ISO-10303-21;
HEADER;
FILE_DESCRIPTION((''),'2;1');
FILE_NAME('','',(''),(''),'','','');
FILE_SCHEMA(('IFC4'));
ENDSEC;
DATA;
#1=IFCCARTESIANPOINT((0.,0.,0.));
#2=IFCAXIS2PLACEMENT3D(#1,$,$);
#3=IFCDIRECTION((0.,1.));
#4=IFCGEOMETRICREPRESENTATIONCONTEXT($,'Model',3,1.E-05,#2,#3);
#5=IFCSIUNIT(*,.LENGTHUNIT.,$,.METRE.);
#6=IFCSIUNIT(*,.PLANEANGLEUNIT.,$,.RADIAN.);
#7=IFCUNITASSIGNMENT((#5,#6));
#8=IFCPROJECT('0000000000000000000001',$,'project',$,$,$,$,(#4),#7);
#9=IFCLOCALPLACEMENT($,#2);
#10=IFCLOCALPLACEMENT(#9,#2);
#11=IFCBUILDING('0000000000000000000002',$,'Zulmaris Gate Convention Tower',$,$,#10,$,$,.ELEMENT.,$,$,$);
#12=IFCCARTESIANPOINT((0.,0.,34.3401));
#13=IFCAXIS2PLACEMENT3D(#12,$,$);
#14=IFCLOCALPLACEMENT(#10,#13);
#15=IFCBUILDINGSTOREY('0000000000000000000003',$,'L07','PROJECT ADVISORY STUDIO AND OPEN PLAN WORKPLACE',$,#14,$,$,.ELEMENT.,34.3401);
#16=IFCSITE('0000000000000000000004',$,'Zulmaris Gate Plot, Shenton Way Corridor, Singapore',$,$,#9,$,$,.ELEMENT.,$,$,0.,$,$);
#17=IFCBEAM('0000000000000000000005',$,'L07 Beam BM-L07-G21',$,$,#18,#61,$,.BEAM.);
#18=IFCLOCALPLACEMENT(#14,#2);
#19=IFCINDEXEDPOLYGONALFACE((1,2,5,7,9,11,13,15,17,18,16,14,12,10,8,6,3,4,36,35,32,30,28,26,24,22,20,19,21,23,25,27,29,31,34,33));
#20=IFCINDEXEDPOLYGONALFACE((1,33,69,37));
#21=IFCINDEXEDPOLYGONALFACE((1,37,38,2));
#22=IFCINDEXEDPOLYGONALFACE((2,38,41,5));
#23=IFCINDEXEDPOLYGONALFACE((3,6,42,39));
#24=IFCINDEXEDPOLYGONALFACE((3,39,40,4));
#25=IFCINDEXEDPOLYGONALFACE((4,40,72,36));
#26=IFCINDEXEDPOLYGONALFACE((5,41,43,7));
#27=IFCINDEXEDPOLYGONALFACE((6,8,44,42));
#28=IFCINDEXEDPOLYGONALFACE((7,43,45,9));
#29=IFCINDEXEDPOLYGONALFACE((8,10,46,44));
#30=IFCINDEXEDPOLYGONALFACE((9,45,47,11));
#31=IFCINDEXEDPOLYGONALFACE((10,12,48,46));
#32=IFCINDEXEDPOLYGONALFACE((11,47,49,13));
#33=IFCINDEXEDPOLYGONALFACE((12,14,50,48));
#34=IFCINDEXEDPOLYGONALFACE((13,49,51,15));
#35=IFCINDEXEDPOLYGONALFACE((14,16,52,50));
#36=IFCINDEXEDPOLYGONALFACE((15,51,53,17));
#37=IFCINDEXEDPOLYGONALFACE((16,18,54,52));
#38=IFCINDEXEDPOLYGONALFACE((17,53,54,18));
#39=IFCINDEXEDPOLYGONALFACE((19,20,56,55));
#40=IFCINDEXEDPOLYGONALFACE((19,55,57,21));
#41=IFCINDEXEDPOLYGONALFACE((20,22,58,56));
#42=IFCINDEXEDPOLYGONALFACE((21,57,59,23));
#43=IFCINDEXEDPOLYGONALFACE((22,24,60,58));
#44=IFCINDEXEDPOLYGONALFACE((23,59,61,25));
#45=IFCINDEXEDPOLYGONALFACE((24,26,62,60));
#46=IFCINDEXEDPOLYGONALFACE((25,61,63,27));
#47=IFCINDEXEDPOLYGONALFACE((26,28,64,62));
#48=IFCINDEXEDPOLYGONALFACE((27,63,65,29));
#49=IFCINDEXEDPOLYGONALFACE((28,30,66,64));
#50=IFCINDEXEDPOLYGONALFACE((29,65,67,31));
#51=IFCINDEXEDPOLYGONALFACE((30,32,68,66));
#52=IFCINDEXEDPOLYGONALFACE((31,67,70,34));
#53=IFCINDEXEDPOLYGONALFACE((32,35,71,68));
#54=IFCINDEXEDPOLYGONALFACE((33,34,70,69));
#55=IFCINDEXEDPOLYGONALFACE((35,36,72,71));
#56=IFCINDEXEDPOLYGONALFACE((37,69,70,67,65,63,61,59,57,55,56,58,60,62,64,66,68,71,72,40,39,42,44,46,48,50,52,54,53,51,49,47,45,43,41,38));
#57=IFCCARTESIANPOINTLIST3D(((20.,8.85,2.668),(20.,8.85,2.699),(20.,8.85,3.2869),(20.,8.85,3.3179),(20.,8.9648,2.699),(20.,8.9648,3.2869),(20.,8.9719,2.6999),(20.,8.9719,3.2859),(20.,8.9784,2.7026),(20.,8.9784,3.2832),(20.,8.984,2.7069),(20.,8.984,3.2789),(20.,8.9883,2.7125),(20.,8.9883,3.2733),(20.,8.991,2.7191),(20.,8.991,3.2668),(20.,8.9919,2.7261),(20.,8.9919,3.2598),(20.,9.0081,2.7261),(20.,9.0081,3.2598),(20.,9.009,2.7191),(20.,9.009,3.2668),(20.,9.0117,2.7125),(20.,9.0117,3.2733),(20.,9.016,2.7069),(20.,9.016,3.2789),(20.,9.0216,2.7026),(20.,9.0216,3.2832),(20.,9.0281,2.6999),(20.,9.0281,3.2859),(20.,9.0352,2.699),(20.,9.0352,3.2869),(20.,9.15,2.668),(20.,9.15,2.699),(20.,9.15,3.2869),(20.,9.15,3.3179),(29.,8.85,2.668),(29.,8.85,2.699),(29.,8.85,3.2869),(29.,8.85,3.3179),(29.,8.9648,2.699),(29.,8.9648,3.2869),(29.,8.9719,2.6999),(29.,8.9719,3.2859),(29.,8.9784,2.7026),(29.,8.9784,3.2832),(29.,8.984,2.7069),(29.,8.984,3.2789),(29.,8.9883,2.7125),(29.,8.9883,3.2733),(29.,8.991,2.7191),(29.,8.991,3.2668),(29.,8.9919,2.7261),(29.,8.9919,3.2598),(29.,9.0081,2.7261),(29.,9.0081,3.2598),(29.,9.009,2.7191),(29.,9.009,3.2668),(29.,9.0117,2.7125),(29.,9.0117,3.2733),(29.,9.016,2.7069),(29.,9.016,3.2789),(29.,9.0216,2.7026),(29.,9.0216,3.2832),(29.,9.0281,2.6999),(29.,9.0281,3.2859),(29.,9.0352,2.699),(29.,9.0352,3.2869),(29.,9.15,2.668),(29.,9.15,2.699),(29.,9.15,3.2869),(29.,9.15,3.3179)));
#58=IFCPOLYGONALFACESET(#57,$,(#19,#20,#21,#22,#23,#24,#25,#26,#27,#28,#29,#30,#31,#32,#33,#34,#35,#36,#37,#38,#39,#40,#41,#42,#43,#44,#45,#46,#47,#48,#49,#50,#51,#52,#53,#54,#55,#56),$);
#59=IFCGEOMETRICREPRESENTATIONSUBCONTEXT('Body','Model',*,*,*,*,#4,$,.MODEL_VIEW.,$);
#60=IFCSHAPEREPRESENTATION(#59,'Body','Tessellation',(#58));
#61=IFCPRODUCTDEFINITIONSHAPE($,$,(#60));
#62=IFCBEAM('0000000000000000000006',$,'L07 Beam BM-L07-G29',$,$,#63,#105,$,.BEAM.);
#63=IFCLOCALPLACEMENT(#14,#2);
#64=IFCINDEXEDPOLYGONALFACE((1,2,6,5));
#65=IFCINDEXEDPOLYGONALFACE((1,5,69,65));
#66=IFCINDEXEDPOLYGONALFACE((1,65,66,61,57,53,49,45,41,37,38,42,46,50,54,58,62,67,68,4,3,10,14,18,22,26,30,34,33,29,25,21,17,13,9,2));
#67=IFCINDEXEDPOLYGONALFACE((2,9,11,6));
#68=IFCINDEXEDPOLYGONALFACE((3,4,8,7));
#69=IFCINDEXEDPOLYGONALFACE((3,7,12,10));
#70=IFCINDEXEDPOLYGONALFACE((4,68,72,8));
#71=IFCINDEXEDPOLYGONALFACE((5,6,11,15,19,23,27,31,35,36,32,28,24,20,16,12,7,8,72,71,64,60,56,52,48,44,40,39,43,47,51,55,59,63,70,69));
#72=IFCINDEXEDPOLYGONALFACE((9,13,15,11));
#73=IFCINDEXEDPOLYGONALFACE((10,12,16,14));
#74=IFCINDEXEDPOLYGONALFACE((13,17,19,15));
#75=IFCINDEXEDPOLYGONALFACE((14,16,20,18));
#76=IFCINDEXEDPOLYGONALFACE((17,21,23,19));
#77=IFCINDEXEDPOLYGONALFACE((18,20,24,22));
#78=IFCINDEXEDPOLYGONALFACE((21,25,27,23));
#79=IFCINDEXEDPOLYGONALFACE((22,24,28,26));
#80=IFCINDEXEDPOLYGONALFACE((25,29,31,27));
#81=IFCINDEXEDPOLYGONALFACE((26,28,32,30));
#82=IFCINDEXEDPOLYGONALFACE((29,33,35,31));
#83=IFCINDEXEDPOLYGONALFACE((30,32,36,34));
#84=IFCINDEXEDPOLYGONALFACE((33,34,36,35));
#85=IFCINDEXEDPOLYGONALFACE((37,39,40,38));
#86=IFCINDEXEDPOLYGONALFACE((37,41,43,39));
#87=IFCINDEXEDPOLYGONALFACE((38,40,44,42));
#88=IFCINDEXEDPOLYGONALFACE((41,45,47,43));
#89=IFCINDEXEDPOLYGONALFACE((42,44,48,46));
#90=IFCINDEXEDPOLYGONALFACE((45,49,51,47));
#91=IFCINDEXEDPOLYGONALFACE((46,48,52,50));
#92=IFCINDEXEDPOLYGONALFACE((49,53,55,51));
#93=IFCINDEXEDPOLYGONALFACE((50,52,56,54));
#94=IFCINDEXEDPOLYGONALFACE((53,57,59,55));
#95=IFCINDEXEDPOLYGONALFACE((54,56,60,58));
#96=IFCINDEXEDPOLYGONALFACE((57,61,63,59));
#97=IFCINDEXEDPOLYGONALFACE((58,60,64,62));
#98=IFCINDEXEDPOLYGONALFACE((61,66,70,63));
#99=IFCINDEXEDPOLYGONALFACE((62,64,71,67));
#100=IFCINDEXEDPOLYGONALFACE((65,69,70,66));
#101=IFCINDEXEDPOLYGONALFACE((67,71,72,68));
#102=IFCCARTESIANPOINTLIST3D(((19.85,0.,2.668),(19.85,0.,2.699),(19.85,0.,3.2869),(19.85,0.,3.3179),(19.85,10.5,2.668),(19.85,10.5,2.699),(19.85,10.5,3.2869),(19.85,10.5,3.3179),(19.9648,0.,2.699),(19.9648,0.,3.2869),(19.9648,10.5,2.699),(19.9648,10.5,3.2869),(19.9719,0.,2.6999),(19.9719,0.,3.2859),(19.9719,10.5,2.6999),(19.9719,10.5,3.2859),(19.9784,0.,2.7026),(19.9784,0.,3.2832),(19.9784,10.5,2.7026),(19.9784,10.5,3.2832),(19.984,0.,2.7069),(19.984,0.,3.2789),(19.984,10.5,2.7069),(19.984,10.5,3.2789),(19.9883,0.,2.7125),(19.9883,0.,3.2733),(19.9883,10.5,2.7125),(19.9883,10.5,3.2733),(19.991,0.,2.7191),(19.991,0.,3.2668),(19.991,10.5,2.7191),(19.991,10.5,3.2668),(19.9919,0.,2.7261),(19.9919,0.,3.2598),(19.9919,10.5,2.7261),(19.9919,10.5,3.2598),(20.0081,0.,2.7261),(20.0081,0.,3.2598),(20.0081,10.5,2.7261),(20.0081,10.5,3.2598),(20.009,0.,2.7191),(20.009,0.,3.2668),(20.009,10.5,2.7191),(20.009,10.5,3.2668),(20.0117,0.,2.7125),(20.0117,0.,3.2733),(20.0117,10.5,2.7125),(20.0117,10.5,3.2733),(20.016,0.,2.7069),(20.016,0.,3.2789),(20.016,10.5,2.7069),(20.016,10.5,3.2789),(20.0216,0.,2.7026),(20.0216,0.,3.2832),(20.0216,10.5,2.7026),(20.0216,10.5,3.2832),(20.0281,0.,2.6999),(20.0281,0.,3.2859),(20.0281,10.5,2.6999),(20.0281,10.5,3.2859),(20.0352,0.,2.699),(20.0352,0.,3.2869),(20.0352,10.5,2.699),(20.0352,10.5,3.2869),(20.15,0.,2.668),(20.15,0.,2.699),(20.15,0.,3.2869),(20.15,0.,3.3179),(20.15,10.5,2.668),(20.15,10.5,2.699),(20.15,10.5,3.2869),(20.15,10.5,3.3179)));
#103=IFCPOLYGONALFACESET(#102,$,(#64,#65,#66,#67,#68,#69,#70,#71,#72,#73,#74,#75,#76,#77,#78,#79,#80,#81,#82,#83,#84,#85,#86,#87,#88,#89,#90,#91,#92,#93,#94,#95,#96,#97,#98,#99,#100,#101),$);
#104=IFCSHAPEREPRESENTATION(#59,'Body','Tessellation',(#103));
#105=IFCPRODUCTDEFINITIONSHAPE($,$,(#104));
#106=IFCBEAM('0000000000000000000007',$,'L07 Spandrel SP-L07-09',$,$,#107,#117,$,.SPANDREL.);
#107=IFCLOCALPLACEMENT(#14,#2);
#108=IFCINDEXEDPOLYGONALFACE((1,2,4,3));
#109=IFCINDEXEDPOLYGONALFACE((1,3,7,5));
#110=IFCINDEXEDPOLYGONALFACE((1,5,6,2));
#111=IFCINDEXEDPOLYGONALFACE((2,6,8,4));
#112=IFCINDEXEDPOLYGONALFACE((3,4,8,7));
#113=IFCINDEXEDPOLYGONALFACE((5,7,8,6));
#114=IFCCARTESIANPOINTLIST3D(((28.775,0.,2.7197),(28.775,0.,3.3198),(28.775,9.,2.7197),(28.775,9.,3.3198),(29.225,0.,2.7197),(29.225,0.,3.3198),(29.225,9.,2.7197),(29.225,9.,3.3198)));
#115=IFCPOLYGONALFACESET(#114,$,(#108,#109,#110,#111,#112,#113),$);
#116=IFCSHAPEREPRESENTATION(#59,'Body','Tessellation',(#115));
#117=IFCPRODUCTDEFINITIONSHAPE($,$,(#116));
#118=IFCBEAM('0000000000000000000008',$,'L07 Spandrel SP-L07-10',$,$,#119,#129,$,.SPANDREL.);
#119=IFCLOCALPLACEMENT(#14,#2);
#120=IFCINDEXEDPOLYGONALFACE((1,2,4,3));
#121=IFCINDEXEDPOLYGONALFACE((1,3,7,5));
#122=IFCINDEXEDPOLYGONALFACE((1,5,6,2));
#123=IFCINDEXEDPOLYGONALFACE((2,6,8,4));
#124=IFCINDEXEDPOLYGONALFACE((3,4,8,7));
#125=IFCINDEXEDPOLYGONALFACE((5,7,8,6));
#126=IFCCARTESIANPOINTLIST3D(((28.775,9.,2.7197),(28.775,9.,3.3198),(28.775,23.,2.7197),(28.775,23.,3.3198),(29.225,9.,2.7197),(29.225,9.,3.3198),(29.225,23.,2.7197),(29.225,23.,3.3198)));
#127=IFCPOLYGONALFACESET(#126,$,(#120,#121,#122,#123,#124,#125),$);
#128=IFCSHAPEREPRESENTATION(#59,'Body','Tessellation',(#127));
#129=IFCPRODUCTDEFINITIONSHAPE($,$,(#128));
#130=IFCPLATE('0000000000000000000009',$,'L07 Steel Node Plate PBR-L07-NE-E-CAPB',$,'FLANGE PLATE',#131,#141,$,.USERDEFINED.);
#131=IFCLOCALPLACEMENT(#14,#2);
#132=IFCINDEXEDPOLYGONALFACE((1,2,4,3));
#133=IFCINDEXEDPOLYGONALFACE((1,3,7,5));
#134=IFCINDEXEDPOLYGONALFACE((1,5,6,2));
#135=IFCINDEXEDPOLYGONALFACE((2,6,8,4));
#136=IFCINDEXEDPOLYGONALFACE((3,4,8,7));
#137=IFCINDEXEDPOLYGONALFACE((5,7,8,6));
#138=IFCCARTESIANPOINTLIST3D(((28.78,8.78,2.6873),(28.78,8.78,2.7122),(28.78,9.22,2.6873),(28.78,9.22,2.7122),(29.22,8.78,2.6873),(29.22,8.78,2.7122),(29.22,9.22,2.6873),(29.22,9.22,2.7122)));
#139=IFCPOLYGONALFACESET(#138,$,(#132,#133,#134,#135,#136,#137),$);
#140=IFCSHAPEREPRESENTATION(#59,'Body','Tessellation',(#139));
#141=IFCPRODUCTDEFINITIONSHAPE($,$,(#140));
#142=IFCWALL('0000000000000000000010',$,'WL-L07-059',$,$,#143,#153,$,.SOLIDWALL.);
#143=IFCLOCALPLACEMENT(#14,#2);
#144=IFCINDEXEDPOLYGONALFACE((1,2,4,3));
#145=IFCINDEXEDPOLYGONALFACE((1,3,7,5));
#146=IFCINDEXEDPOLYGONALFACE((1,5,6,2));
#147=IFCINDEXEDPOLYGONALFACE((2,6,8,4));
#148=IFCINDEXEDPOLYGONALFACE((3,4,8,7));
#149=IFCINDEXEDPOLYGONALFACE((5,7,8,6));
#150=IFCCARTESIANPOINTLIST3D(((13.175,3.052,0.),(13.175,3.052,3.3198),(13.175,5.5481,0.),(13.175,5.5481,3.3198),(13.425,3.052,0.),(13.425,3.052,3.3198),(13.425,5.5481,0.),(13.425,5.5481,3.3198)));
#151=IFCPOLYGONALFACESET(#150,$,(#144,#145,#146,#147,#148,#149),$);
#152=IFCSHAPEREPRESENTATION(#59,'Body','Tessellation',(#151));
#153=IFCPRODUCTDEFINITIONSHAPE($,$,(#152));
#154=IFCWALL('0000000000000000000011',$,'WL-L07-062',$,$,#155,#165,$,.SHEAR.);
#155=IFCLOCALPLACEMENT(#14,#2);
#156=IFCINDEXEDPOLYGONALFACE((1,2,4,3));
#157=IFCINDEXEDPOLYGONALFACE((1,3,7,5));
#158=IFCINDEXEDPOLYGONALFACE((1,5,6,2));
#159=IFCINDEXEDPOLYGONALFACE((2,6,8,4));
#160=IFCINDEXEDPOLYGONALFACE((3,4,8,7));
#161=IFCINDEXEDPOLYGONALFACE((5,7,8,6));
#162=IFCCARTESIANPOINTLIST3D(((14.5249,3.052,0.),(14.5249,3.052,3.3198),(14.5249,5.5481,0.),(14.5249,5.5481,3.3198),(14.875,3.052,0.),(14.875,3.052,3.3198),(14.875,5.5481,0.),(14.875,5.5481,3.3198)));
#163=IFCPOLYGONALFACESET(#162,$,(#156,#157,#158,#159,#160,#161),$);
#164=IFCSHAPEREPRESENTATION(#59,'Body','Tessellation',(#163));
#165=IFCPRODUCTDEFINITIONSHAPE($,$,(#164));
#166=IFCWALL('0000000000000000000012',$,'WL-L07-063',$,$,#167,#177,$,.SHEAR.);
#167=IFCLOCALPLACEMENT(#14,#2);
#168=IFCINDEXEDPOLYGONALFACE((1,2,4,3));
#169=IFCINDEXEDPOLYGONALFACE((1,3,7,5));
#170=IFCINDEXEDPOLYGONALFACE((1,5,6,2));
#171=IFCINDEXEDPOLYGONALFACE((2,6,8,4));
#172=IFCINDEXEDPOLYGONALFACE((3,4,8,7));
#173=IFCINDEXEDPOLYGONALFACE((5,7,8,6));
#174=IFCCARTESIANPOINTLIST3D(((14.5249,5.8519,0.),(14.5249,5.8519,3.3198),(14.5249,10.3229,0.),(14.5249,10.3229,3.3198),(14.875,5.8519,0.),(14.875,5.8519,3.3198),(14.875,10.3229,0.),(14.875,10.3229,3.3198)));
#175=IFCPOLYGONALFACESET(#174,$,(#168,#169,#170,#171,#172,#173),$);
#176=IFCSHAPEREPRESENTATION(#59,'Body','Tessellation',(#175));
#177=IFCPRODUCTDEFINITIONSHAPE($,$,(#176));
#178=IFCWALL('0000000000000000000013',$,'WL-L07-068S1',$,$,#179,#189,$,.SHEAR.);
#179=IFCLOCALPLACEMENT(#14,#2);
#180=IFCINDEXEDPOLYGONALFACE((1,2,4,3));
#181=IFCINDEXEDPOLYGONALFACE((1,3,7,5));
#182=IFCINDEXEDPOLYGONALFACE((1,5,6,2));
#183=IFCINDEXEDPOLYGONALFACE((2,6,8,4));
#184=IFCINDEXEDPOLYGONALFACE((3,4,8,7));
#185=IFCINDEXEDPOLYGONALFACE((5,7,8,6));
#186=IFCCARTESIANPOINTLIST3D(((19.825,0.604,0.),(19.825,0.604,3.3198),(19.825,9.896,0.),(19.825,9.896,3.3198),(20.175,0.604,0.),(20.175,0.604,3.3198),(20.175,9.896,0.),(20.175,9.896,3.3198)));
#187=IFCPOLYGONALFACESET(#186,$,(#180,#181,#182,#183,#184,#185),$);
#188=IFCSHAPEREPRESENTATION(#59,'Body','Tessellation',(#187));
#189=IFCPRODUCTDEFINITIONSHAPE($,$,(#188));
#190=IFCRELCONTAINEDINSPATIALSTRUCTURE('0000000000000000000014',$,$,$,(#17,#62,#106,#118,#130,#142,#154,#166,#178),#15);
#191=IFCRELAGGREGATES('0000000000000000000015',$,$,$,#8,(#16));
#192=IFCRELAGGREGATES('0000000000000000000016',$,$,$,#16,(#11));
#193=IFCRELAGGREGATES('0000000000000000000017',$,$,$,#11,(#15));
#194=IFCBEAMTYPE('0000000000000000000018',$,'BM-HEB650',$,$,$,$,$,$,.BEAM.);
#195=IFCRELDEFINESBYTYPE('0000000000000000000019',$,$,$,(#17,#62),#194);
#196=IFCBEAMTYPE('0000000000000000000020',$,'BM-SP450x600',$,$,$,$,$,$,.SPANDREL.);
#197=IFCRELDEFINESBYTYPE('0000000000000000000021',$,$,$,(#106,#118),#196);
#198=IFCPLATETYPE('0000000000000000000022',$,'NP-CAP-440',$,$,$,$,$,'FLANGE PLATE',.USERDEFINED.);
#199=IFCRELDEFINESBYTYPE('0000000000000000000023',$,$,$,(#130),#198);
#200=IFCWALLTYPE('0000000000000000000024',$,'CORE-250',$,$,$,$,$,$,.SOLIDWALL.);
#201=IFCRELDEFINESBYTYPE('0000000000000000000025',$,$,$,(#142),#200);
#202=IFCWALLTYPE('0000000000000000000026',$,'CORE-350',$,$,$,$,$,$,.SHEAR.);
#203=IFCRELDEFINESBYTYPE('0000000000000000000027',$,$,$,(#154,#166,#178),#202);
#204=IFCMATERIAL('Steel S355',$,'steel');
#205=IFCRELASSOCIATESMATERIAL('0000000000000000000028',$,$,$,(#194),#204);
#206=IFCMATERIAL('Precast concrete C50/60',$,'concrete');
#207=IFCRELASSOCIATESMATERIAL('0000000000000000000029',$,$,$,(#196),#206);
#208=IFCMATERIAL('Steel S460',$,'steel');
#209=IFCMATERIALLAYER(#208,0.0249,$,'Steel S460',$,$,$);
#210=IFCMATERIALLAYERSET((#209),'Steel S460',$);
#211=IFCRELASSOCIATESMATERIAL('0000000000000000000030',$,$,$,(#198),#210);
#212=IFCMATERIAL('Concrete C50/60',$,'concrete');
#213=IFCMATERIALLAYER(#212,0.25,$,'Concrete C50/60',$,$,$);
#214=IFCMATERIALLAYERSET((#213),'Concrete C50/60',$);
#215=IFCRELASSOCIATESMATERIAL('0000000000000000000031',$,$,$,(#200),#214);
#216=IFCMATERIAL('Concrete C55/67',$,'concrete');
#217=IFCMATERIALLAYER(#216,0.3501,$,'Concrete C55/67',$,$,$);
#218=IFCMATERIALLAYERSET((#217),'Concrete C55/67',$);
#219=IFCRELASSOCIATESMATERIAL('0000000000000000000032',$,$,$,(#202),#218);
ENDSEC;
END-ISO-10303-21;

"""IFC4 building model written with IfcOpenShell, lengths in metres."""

from ifc_helpers import new_model, si_unit, direction, frame, frame_2d, origin, origin_2d, place, context, subcontext, project, spatial, rectangle, i_section, extrude, material, layer, layer_set, material_profile, profile_set, type_object, element, save


model = new_model("IFC4")

# Units and contexts
model_context = context("Model", 3, precision=1e-05, world=origin(), true_north=direction((0.0, 1.0)))
body_context = subcontext(model_context, "Body", "Model", "MODEL_VIEW")
ifc_project = project(units=[si_unit("LENGTHUNIT", "METRE"), si_unit("PLANEANGLEUNIT", "RADIAN")], contexts=[model_context])

# Site, building, storey
site_placement = place(None, origin())
site = spatial("IfcSite", under=ifc_project, at=site_placement, Name="Zulmaris Gate Plot, Shenton Way Corridor, Singapore", CompositionType="ELEMENT", RefElevation=0.0)
building_placement = place(site_placement, origin())
building = spatial("IfcBuilding", under=site, at=building_placement, Name="Zulmaris Gate Convention Tower", CompositionType="ELEMENT")
storey_placement = place(building_placement, frame((0.0, 0.0, 34.3401)))
storey = spatial("IfcBuildingStorey", under=building, at=storey_placement, Name="L07", Description="PROJECT ADVISORY STUDIO AND OPEN PLAN WORKPLACE", CompositionType="ELEMENT", Elevation=34.3401)

# Beams
ifc_material_1 = material(Name="Steel S355", Category="steel")
ifc_material_profile_1 = material_profile(ifc_material_1, i_section(OverallWidth=0.3, OverallDepth=0.6499, WebThickness=0.0161, FlangeThickness=0.031, FilletRadius=0.0271, at=origin_2d()), Name="HEB 650")
ifc_profile_set_1 = profile_set([ifc_material_profile_1], Name="Steel S355")
beam_type_1 = type_object("IfcBeamType", Name="BM-HEB650", PredefinedType="BEAM", material=ifc_profile_set_1)
for number, where, z_axis, x_axis, name in (
    (1, (20.0, 9.0, 2.9929), (1.0, 0.0, 0.0), (0.0, 1.0, 0.0), "L07 Beam BM-L07-G21"),
):
    element("IfcBeam", number, at=place(storey_placement, frame(where, z_axis=z_axis, x_axis=x_axis)), inside=storey, type_object=beam_type_1, Name=name, PredefinedType="BEAM", context=body_context, shape_type="SweptSolid", body=[
        extrude(i_section(OverallWidth=0.3, OverallDepth=0.6499, WebThickness=0.0161, FlangeThickness=0.031, FilletRadius=0.0271, at=origin_2d()), origin(), (0.0, 0.0, 1.0), 9.0),
    ])
beam_1_placement = place(storey_placement, frame((20.0, 0.0, 2.9929), z_axis=(0.0, 1.0, 0.0), x_axis=(-1.0, 0.0, 0.0)))
element("IfcBeam", 2, at=beam_1_placement, inside=storey, type_object=beam_type_1, Name="L07 Beam BM-L07-G29", PredefinedType="BEAM", context=body_context, shape_type="SweptSolid", body=[
    extrude(i_section(OverallWidth=0.3, OverallDepth=0.6499, WebThickness=0.0161, FlangeThickness=0.031, FilletRadius=0.0271, at=origin_2d()), origin(), (0.0, 0.0, 1.0), 10.5),
])
ifc_material_2 = material(Name="Precast concrete C50/60", Category="concrete")
ifc_material_profile_2 = material_profile(ifc_material_2, rectangle(XDim=0.45, YDim=0.6001, at=origin_2d()), Name="RC SPANDREL 450x600")
ifc_profile_set_2 = profile_set([ifc_material_profile_2], Name="Precast concrete C50/60")
beam_type_2 = type_object("IfcBeamType", Name="BM-SP450x600", PredefinedType="SPANDREL", material=ifc_profile_set_2)
beam_2_placement = place(storey_placement, frame((29.0, 0.0, 3.0198), z_axis=(0.0, 1.0, 0.0), x_axis=(-1.0, 0.0, 0.0)))
element("IfcBeam", 3, at=beam_2_placement, inside=storey, type_object=beam_type_2, Name="L07 Spandrel SP-L07-09", PredefinedType="SPANDREL", context=body_context, shape_type="SweptSolid", body=[
    extrude(rectangle(XDim=0.45, YDim=0.6001, at=origin_2d()), origin(), (0.0, 0.0, 1.0), 9.0),
])
beam_3_placement = place(storey_placement, frame((29.0, 9.0, 3.0198), z_axis=(0.0, 1.0, 0.0), x_axis=(-1.0, 0.0, 0.0)))
element("IfcBeam", 4, at=beam_3_placement, inside=storey, type_object=beam_type_2, Name="L07 Spandrel SP-L07-10", PredefinedType="SPANDREL", context=body_context, shape_type="SweptSolid", body=[
    extrude(rectangle(XDim=0.45, YDim=0.6001, at=origin_2d()), origin(), (0.0, 0.0, 1.0), 14.0),
])

# Plate
ifc_material_3 = material(Name="Steel S460", Category="steel")
ifc_layer_1 = layer(ifc_material_3, 0.0249, Name="Steel S460")
ifc_layer_set_1 = layer_set([ifc_layer_1], Name="Steel S460")
plate_type = type_object("IfcPlateType", Name="NP-CAP-440", ElementType="FLANGE PLATE", PredefinedType="USERDEFINED", material=ifc_layer_set_1)
plate_placement = place(storey_placement, frame((29.0, 9.0, 2.6873), z_axis=(0.0, 0.0, 1.0), x_axis=(1.0, 0.0, 0.0)))
element("IfcPlate", 5, at=plate_placement, inside=storey, type_object=plate_type, Name="L07 Steel Node Plate PBR-L07-NE-E-CAPB", ObjectType="FLANGE PLATE", PredefinedType="USERDEFINED", context=body_context, shape_type="SweptSolid", body=[
    extrude(rectangle(XDim=0.4399, YDim=0.4399, at=origin_2d()), origin(), (0.0, 0.0, 1.0), 0.0249),
])

# Wall
ifc_material_4 = material(Name="Concrete C50/60", Category="concrete")
ifc_layer_2 = layer(ifc_material_4, 0.25, Name="Concrete C50/60")
ifc_layer_set_2 = layer_set([ifc_layer_2], Name="Concrete C50/60")
wall_type_1 = type_object("IfcWallType", Name="CORE-250", PredefinedType="SOLIDWALL", material=ifc_layer_set_2)
wall_1_placement = place(storey_placement, frame((13.3, 3.052, 0.0), z_axis=(0.0, 0.0, 1.0), x_axis=(0.0, 1.0, 0.0)))
element("IfcWall", 6, at=wall_1_placement, inside=storey, type_object=wall_type_1, Name="WL-L07-059", PredefinedType="SOLIDWALL", context=body_context, shape_type="SweptSolid", body=[
    extrude(rectangle(XDim=2.4961, YDim=0.25, at=frame_2d((1.248, 0.0))), origin(), (0.0, 0.0, 1.0), 3.3198),
])

# Walls
ifc_material_5 = material(Name="Concrete C55/67", Category="concrete")
ifc_layer_3 = layer(ifc_material_5, 0.3501, Name="Concrete C55/67")
ifc_layer_set_3 = layer_set([ifc_layer_3], Name="Concrete C55/67")
wall_type_2 = type_object("IfcWallType", Name="CORE-350", PredefinedType="SHEAR", material=ifc_layer_set_3)
wall_2_placement = place(storey_placement, frame((14.7, 3.052, 0.0), z_axis=(0.0, 0.0, 1.0), x_axis=(0.0, 1.0, 0.0)))
element("IfcWall", 7, at=wall_2_placement, inside=storey, type_object=wall_type_2, Name="WL-L07-062", PredefinedType="SHEAR", context=body_context, shape_type="SweptSolid", body=[
    extrude(rectangle(XDim=2.4961, YDim=0.3501, at=frame_2d((1.248, 0.0))), origin(), (0.0, 0.0, 1.0), 3.3198),
])
wall_3_placement = place(storey_placement, frame((14.7, 5.8521, 0.0), z_axis=(0.0, 0.0, 1.0), x_axis=(0.0, 1.0, 0.0)))
element("IfcWall", 8, at=wall_3_placement, inside=storey, type_object=wall_type_2, Name="WL-L07-063", PredefinedType="SHEAR", context=body_context, shape_type="SweptSolid", body=[
    extrude(rectangle(XDim=4.4709, YDim=0.3501, at=frame_2d((2.2354, 0.0))), origin(), (0.0, 0.0, 1.0), 3.3198),
])
wall_4_placement = place(storey_placement, frame((20.0, 0.604, 0.0), z_axis=(0.0, 0.0, 1.0), x_axis=(0.0, 1.0, 0.0)))
element("IfcWall", 9, at=wall_4_placement, inside=storey, type_object=wall_type_2, Name="WL-L07-068S1", PredefinedType="SHEAR", context=body_context, shape_type="SweptSolid", body=[
    extrude(rectangle(XDim=9.292, YDim=0.3501, at=frame_2d((4.646, 0.0))), origin(), (0.0, 0.0, 1.0), 3.3198),
])

save(model, "model.ifc")
